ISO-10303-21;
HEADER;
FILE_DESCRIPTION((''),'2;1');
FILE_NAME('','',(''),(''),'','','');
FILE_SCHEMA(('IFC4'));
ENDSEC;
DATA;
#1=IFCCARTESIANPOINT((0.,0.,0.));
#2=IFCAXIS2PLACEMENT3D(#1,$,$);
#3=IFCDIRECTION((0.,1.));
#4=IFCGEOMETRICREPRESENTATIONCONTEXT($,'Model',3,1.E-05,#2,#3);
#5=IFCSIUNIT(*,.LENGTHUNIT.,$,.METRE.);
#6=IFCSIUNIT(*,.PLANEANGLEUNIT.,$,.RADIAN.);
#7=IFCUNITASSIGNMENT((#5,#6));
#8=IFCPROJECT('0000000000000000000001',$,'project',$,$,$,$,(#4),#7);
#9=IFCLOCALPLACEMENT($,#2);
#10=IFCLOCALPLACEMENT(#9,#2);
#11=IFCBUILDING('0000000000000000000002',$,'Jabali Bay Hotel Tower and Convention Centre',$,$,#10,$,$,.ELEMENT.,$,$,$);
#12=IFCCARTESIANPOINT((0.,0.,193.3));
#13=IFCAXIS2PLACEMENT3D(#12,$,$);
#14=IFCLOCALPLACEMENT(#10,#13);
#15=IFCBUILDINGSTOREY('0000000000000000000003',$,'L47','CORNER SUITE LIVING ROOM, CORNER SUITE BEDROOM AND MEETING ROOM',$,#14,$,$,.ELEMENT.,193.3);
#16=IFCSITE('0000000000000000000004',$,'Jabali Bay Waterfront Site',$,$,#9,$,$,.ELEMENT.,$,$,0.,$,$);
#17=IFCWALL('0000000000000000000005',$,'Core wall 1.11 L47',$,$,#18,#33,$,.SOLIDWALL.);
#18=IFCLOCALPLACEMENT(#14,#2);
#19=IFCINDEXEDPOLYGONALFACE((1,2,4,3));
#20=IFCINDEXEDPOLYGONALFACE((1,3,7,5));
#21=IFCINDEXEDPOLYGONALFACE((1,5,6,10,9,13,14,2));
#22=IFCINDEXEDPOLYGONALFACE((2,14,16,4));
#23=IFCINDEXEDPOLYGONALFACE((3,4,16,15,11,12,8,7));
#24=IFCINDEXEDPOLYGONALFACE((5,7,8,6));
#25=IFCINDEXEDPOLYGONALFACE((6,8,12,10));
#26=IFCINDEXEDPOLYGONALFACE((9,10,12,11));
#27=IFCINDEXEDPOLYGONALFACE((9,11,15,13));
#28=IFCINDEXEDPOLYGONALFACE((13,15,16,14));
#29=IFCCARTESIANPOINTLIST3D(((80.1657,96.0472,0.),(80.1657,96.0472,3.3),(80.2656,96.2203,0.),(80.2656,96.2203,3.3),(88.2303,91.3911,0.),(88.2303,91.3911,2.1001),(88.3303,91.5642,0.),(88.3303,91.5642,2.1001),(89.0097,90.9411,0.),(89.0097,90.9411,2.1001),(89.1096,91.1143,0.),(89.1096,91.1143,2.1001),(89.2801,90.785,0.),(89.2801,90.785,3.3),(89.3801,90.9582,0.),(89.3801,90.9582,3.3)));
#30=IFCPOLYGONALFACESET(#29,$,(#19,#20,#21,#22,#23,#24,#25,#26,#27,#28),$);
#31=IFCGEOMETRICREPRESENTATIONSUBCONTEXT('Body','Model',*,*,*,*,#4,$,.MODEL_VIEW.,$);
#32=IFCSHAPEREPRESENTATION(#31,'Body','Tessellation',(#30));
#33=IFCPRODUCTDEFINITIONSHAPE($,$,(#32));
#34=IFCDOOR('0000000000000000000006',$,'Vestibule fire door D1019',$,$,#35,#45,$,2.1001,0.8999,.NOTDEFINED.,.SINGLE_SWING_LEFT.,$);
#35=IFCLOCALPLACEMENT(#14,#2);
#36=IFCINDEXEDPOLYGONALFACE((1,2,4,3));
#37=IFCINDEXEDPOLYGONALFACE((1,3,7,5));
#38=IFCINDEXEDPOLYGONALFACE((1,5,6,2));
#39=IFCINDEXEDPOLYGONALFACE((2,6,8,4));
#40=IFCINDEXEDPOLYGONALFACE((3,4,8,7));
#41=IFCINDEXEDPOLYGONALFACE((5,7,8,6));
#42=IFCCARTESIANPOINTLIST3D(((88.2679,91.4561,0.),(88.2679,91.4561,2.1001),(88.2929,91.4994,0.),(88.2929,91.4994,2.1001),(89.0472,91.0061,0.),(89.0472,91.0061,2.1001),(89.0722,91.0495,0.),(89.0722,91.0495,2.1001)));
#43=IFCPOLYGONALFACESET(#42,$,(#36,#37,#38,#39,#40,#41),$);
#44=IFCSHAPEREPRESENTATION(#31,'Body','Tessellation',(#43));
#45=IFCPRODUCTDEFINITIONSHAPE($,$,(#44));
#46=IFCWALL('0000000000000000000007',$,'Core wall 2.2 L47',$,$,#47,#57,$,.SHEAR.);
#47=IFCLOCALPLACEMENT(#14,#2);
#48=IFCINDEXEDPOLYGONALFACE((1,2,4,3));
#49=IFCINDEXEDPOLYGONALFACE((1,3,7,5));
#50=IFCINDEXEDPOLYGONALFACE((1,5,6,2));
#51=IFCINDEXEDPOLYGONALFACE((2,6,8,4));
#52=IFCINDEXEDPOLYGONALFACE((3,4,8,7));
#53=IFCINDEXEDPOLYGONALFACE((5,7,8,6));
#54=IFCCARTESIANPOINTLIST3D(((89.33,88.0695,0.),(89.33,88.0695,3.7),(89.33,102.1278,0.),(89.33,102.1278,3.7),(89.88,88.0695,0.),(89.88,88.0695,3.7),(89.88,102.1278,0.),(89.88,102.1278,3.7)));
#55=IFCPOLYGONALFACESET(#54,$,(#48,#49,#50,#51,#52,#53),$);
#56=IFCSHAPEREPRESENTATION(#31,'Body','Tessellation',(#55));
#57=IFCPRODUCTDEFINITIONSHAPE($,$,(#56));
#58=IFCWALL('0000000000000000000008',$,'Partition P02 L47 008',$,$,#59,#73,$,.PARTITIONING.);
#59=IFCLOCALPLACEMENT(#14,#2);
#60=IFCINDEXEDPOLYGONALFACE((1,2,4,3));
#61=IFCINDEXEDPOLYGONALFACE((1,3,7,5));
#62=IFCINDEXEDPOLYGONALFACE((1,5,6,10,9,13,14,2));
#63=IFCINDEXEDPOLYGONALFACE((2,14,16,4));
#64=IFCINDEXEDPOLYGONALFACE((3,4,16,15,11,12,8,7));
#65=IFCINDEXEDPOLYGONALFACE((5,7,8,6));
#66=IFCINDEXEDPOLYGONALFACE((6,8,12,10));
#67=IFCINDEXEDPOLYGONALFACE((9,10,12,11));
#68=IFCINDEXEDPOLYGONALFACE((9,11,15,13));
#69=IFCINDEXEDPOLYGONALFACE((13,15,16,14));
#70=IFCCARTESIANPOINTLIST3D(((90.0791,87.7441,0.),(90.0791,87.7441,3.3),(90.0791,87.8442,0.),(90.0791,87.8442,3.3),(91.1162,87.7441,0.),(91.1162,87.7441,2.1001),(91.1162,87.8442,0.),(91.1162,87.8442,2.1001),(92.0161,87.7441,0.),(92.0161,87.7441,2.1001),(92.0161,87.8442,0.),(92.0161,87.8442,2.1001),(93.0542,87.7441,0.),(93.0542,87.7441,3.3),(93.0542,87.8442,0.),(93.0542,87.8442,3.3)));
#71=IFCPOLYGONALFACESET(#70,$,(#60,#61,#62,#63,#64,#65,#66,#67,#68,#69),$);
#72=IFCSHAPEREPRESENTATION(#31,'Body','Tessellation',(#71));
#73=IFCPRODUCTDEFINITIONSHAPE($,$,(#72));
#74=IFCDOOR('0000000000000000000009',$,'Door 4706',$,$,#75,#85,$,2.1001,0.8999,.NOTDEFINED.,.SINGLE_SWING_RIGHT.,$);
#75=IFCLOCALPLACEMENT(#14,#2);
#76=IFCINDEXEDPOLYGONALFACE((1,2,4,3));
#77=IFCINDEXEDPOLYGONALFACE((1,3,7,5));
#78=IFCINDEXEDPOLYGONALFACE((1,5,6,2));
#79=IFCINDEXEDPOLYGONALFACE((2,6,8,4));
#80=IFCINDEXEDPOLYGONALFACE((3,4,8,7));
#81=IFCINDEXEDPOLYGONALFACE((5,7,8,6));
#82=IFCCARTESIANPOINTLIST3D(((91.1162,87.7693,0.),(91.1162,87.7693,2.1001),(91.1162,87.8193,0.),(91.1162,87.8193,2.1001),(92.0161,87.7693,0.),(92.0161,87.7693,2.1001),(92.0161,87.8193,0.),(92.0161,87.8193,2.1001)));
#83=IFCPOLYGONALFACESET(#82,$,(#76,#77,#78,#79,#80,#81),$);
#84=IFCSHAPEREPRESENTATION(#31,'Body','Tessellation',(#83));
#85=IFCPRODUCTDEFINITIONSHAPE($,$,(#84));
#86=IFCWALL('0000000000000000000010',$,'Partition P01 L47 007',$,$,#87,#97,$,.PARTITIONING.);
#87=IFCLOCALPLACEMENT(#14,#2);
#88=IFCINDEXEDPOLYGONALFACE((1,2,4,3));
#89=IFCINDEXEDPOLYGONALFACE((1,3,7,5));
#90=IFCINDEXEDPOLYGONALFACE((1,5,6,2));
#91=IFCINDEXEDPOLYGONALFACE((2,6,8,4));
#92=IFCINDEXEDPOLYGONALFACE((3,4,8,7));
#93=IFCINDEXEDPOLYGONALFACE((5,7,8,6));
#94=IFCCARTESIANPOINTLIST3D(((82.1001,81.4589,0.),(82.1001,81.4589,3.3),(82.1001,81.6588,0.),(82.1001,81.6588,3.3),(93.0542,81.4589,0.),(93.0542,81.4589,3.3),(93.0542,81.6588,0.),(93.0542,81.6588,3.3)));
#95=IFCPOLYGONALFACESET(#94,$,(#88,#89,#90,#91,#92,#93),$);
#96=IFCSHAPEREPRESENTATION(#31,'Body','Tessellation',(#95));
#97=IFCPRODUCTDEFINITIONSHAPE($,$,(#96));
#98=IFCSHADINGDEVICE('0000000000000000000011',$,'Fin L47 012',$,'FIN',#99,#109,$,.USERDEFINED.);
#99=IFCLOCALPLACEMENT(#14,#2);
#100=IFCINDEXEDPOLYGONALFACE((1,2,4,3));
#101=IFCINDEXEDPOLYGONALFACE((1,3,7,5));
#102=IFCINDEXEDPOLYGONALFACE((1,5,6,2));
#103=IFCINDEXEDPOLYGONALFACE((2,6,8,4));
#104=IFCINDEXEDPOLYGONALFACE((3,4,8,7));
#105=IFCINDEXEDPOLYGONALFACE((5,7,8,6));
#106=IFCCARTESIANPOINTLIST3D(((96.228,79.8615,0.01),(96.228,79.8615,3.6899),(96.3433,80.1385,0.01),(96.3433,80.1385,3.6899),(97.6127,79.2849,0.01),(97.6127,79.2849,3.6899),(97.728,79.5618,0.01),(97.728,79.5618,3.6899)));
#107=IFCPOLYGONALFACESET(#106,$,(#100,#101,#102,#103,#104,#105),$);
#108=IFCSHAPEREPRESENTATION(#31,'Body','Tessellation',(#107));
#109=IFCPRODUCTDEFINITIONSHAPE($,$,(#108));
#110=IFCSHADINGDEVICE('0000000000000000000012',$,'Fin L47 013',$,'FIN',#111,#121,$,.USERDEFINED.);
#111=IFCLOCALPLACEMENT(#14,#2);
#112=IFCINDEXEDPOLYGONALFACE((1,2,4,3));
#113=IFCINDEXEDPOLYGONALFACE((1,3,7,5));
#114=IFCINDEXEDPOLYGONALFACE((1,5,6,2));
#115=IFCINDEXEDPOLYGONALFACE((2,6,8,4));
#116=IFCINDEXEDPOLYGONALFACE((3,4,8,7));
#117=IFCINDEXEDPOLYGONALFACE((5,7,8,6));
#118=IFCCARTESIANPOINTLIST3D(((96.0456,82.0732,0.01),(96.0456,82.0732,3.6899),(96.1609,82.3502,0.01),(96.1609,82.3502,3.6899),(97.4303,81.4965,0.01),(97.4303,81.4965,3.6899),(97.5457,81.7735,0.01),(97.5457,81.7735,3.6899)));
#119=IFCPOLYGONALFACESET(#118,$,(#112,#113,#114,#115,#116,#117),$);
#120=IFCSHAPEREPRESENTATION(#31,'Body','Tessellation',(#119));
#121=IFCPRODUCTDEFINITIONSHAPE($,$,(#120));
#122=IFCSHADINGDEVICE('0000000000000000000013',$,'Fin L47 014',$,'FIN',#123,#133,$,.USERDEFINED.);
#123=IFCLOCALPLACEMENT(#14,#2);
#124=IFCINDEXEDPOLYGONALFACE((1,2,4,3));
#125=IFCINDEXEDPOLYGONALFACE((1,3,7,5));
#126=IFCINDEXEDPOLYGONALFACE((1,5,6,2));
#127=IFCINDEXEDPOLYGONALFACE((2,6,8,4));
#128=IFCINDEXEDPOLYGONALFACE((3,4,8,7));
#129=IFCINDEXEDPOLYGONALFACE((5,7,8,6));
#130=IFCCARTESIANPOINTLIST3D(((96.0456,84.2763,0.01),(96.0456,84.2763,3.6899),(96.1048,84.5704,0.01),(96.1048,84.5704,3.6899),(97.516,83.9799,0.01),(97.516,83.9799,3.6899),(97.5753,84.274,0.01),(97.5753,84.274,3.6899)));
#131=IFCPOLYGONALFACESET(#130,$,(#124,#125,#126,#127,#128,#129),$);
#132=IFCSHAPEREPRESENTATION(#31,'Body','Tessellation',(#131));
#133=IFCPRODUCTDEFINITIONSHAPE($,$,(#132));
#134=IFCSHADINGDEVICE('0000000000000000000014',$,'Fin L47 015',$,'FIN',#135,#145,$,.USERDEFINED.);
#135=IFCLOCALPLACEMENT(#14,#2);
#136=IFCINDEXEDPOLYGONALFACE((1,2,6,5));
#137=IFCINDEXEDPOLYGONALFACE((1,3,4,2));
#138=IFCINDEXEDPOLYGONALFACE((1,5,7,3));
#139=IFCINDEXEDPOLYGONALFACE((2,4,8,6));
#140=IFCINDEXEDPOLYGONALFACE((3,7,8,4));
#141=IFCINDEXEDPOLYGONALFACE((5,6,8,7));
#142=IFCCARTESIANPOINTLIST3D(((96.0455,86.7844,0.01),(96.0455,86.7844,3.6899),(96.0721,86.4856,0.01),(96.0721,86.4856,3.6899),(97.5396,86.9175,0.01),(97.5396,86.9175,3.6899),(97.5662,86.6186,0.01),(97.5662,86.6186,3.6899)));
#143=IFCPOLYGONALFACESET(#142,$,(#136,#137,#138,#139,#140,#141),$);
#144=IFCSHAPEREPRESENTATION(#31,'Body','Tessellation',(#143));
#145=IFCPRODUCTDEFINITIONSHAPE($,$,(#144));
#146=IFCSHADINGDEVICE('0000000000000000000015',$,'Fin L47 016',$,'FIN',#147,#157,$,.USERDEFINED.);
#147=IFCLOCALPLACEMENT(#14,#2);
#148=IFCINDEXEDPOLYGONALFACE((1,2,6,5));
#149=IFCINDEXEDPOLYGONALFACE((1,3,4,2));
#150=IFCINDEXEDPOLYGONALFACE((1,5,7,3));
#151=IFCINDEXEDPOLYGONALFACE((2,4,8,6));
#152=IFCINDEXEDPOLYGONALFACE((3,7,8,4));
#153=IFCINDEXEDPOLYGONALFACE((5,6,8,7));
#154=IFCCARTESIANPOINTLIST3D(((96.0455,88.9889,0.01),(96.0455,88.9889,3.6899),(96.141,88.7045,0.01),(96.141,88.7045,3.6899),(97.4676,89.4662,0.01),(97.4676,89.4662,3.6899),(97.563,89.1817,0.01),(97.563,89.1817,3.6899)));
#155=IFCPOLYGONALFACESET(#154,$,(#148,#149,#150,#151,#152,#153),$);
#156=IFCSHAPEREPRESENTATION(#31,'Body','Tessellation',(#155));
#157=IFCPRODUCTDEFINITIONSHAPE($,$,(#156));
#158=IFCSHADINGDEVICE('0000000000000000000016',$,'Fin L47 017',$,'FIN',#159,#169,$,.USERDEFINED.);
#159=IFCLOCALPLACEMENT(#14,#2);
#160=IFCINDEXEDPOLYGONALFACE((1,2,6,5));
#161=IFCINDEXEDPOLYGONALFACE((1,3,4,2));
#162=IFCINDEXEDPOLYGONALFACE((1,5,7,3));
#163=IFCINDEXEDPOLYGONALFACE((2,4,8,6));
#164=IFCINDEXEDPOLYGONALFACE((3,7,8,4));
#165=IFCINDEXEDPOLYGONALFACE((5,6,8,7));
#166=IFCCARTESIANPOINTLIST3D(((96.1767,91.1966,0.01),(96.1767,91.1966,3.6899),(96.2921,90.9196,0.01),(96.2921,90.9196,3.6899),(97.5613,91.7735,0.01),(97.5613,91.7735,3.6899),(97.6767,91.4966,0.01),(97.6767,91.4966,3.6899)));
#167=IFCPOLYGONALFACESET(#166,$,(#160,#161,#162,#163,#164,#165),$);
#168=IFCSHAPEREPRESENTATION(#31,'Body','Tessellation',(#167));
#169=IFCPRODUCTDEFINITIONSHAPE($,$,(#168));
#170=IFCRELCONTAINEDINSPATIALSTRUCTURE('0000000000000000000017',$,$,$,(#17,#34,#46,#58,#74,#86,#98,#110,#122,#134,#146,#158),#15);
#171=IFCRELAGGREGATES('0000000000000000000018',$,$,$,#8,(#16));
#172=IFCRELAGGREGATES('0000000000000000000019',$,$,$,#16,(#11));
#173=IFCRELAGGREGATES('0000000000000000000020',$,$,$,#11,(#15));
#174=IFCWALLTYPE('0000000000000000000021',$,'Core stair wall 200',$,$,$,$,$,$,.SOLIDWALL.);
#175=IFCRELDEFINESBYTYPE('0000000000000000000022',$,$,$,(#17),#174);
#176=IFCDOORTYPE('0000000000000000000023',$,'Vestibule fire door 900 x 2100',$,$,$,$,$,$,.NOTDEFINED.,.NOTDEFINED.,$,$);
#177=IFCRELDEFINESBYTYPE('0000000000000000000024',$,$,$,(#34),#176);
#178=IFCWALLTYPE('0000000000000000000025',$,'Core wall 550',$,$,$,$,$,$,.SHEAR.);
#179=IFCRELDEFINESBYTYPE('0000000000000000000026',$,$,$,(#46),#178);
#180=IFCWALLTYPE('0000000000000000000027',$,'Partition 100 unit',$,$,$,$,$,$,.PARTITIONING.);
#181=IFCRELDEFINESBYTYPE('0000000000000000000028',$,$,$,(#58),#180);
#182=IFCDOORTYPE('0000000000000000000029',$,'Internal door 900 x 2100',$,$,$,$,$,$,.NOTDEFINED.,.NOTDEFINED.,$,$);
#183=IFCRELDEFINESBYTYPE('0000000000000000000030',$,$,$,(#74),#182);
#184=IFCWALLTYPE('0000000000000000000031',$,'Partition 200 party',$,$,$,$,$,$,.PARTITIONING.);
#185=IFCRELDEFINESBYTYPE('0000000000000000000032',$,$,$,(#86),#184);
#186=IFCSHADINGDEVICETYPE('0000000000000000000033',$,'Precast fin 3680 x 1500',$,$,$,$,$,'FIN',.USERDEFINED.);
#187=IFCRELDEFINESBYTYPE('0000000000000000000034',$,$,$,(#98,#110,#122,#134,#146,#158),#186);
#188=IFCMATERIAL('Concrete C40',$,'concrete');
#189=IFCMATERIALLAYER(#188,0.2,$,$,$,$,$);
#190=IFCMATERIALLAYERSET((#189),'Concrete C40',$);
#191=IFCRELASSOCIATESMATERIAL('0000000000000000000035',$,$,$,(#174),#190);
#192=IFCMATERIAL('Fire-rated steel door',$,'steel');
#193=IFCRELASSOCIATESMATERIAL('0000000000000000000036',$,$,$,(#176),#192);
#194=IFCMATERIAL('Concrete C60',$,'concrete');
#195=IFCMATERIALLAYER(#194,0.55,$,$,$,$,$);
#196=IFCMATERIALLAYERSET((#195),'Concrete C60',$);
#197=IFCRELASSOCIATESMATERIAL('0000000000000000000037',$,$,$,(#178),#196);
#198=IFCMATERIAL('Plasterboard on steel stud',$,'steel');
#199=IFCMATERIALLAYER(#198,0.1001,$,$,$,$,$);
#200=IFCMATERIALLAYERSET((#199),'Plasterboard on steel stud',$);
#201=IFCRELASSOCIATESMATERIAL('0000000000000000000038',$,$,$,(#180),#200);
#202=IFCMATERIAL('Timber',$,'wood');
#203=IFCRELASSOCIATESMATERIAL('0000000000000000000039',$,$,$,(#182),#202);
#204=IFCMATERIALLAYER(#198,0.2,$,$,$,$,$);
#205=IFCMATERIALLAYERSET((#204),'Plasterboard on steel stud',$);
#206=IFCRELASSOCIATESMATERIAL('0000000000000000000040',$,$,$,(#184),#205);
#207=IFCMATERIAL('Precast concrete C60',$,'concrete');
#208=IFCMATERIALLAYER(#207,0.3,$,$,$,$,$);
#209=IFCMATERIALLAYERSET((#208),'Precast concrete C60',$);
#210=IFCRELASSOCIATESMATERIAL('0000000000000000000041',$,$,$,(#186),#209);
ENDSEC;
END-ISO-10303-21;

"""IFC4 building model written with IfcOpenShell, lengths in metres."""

from ifc_helpers import new_model, si_unit, direction, frame, frame_2d, origin, place, context, subcontext, project, spatial, rectangle, extrude, material, layer, layer_set, type_object, element, fill, save


model = new_model("IFC4")

# Units and contexts
model_context = context("Model", 3, precision=1e-05, world=origin(), true_north=direction((0.0, 1.0)))
body_context = subcontext(model_context, "Body", "Model", "MODEL_VIEW")
ifc_project = project(units=[si_unit("LENGTHUNIT", "METRE"), si_unit("PLANEANGLEUNIT", "RADIAN")], contexts=[model_context])

# Site, building, storey
site_placement = place(None, origin())
site = spatial("IfcSite", under=ifc_project, at=site_placement, Name="Jabali Bay Waterfront Site", CompositionType="ELEMENT", RefElevation=0.0)
building_placement = place(site_placement, origin())
building = spatial("IfcBuilding", under=site, at=building_placement, Name="Jabali Bay Hotel Tower and Convention Centre", CompositionType="ELEMENT")
storey_placement = place(building_placement, frame((0.0, 0.0, 193.3)))
storey = spatial("IfcBuildingStorey", under=building, at=storey_placement, Name="L47", Description="CORNER SUITE LIVING ROOM, CORNER SUITE BEDROOM AND MEETING ROOM", CompositionType="ELEMENT", Elevation=193.3)

# Shared definitions
ifc_material_1 = material(Name="Concrete C60", Category="concrete")

# Shared definitions
ifc_material_2 = material(Name="Concrete C40", Category="concrete")
ifc_layer_1 = layer(ifc_material_2, 0.2)
ifc_layer_set_1 = layer_set([ifc_layer_1], Name="Concrete C40")
wall_type_1 = type_object("IfcWallType", Name="Core stair wall 200", PredefinedType="SOLIDWALL", material=ifc_layer_set_1)

# Wall, opening, door
wall_1_placement = place(storey_placement, frame((89.3301, 90.8716, 0.0), z_axis=(0.0, 0.0, 1.0), x_axis=(-0.866028, 0.499996, 0.0)))
wall_1 = element("IfcWall", 1, at=wall_1_placement, inside=storey, type_object=wall_type_1, Name="Core wall 1.11 L47", PredefinedType="SOLIDWALL", context=body_context, shape_type="SweptSolid", body=[
    extrude(rectangle(XDim=10.5244, YDim=0.2, at=frame_2d((5.2622, 0.0))), origin(), (0.0, 0.0, 1.0), 3.3),
])
opening_1_placement = place(wall_1_placement, frame((0.3123, 0.0, 0.0)))
opening_1 = element("IfcOpeningElement", 2, at=opening_1_placement, cuts=wall_1, PredefinedType="OPENING", context=body_context, shape_type="SweptSolid", body=[
    extrude(rectangle(XDim=0.8999, YDim=2.1001, at=frame_2d((0.45, 1.05))), frame((0.0, 0.1104, 0.0), z_axis=(0.0, -1.0, 0.0), x_axis=(1.0, 0.0, 0.0)), (0.0, 0.0, 1.0), 0.2209),
])
ifc_material_3 = material(Name="Fire-rated steel door", Category="steel")
door_type_1 = type_object("IfcDoorType", Name="Vestibule fire door 900 x 2100", OperationType="NOTDEFINED", PredefinedType="NOTDEFINED", material=ifc_material_3)
door_1_placement = place(opening_1_placement, origin())
door_1 = element("IfcDoor", 3, at=door_1_placement, inside=storey, type_object=door_type_1, Name="Vestibule fire door D1019", OperationType="SINGLE_SWING_LEFT", OverallHeight=2.1001, OverallWidth=0.8999, PredefinedType="NOTDEFINED", context=body_context, shape_type="SweptSolid", body=[
    extrude(rectangle(XDim=0.8999, YDim=2.1001, at=frame_2d((0.45, 1.05))), frame((0.0, 0.0249, 0.0), z_axis=(0.0, -1.0, 0.0), x_axis=(1.0, 0.0, 0.0)), (0.0, 0.0, 1.0), 0.05),
])
fill(opening_1, door_1)

# Wall
ifc_layer_2 = layer(ifc_material_1, 0.55)
ifc_layer_set_2 = layer_set([ifc_layer_2], Name="Concrete C60")
wall_type_2 = type_object("IfcWallType", Name="Core wall 550", PredefinedType="SHEAR", material=ifc_layer_set_2)
wall_2_placement = place(storey_placement, frame((89.605, 88.0693, 0.0), z_axis=(0.0, 0.0, 1.0), x_axis=(0.0, 1.0, 0.0)))
element("IfcWall", 4, at=wall_2_placement, inside=storey, type_object=wall_type_2, Name="Core wall 2.2 L47", PredefinedType="SHEAR", context=body_context, shape_type="SweptSolid", body=[
    extrude(rectangle(XDim=14.0583, YDim=0.55, at=frame_2d((7.0293, 0.0))), origin(), (0.0, 0.0, 1.0), 3.7),
])

# Wall, opening, door
ifc_material_4 = material(Name="Plasterboard on steel stud", Category="steel")
ifc_layer_3 = layer(ifc_material_4, 0.1001)
ifc_layer_set_3 = layer_set([ifc_layer_3], Name="Plasterboard on steel stud")
wall_type_3 = type_object("IfcWallType", Name="Partition 100 unit", PredefinedType="PARTITIONING", material=ifc_layer_set_3)
wall_3_placement = place(storey_placement, frame((93.0542, 87.7942, 0.0), z_axis=(0.0, 0.0, 1.0), x_axis=(-1.0, 0.0, 0.0)))
wall_3 = element("IfcWall", 5, at=wall_3_placement, inside=storey, type_object=wall_type_3, Name="Partition P02 L47 008", PredefinedType="PARTITIONING", context=body_context, shape_type="SweptSolid", body=[
    extrude(rectangle(XDim=2.9751, YDim=0.1001, at=frame_2d((1.4875, 0.0))), origin(), (0.0, 0.0, 1.0), 3.3),
])
opening_2_placement = place(wall_3_placement, frame((1.0381, 0.0, 0.0)))
opening_2 = element("IfcOpeningElement", 6, at=opening_2_placement, cuts=wall_3, PredefinedType="OPENING", context=body_context, shape_type="SweptSolid", body=[
    extrude(rectangle(XDim=0.8999, YDim=2.1001, at=frame_2d((0.45, 1.05))), frame((0.0, 0.0605, 0.0), z_axis=(0.0, -1.0, 0.0), x_axis=(1.0, 0.0, 0.0)), (0.0, 0.0, 1.0), 0.1211),
])
ifc_material_5 = material(Name="Timber", Category="wood")
door_type_2 = type_object("IfcDoorType", Name="Internal door 900 x 2100", OperationType="NOTDEFINED", PredefinedType="NOTDEFINED", material=ifc_material_5)
door_2_placement = place(opening_2_placement, origin())
door_2 = element("IfcDoor", 7, at=door_2_placement, inside=storey, type_object=door_type_2, Name="Door 4706", OperationType="SINGLE_SWING_RIGHT", OverallHeight=2.1001, OverallWidth=0.8999, PredefinedType="NOTDEFINED", context=body_context, shape_type="SweptSolid", body=[
    extrude(rectangle(XDim=0.8999, YDim=2.1001, at=frame_2d((0.45, 1.05))), frame((0.0, 0.0249, 0.0), z_axis=(0.0, -1.0, 0.0), x_axis=(1.0, 0.0, 0.0)), (0.0, 0.0, 1.0), 0.05),
])
fill(opening_2, door_2)

# Wall
ifc_layer_4 = layer(ifc_material_4, 0.2)
ifc_layer_set_4 = layer_set([ifc_layer_4], Name="Plasterboard on steel stud")
wall_type_4 = type_object("IfcWallType", Name="Partition 200 party", PredefinedType="PARTITIONING", material=ifc_layer_set_4)
wall_4_placement = place(storey_placement, frame((93.0542, 81.5588, 0.0), z_axis=(0.0, 0.0, 1.0), x_axis=(-1.0, 0.0, 0.0)))
element("IfcWall", 8, at=wall_4_placement, inside=storey, type_object=wall_type_4, Name="Partition P01 L47 007", PredefinedType="PARTITIONING", context=body_context, shape_type="SweptSolid", body=[
    extrude(rectangle(XDim=10.9541, YDim=0.2, at=frame_2d((5.4771, 0.0))), origin(), (0.0, 0.0, 1.0), 3.3),
])

# Shading devices
ifc_material_6 = material(Name="Precast concrete C60", Category="concrete")
ifc_layer_5 = layer(ifc_material_6, 0.3)
ifc_layer_set_5 = layer_set([ifc_layer_5], Name="Precast concrete C60")
shading_device_type = type_object("IfcShadingDeviceType", Name="Precast fin 3680 x 1500", ElementType="FIN", PredefinedType="USERDEFINED", material=ifc_layer_set_5)
for number, where, z_axis, x_axis, name in (
    (9, (96.2856, 80.0, 0.01), (0.0, 0.0, 1.0), (0.923154, -0.38443, 0.0), "Fin L47 012"),
    (10, (96.1033, 82.2117, 0.01), (0.0, 0.0, 1.0), (0.923154, -0.38443, 0.0), "Fin L47 013"),
    (11, (96.0752, 84.4233, 0.01), (0.0, 0.0, 1.0), (0.980285, -0.197587, 0.0), "Fin L47 014"),
    (12, (96.0588, 86.635, 0.01), (0.0, 0.0, 1.0), (0.996058, 0.088701, 0.0), "Fin L47 015"),
    (13, (96.0933, 88.8467, 0.01), (0.0, 0.0, 1.0), (0.94803, 0.31818, 0.0), "Fin L47 016"),
    (14, (96.2344, 91.0581, 0.01), (0.0, 0.0, 1.0), (0.923072, 0.384627, 0.0), "Fin L47 017"),
):
    element("IfcShadingDevice", number, at=place(storey_placement, frame(where, z_axis=z_axis, x_axis=x_axis)), inside=storey, type_object=shading_device_type, Name=name, ObjectType="FIN", PredefinedType="USERDEFINED", context=body_context, shape_type="SweptSolid", body=[
        extrude(rectangle(XDim=1.5, YDim=0.3, at=frame_2d((0.75, 0.0))), origin(), (0.0, 0.0, 1.0), 3.6799),
    ])

save(model, "model.ifc")
